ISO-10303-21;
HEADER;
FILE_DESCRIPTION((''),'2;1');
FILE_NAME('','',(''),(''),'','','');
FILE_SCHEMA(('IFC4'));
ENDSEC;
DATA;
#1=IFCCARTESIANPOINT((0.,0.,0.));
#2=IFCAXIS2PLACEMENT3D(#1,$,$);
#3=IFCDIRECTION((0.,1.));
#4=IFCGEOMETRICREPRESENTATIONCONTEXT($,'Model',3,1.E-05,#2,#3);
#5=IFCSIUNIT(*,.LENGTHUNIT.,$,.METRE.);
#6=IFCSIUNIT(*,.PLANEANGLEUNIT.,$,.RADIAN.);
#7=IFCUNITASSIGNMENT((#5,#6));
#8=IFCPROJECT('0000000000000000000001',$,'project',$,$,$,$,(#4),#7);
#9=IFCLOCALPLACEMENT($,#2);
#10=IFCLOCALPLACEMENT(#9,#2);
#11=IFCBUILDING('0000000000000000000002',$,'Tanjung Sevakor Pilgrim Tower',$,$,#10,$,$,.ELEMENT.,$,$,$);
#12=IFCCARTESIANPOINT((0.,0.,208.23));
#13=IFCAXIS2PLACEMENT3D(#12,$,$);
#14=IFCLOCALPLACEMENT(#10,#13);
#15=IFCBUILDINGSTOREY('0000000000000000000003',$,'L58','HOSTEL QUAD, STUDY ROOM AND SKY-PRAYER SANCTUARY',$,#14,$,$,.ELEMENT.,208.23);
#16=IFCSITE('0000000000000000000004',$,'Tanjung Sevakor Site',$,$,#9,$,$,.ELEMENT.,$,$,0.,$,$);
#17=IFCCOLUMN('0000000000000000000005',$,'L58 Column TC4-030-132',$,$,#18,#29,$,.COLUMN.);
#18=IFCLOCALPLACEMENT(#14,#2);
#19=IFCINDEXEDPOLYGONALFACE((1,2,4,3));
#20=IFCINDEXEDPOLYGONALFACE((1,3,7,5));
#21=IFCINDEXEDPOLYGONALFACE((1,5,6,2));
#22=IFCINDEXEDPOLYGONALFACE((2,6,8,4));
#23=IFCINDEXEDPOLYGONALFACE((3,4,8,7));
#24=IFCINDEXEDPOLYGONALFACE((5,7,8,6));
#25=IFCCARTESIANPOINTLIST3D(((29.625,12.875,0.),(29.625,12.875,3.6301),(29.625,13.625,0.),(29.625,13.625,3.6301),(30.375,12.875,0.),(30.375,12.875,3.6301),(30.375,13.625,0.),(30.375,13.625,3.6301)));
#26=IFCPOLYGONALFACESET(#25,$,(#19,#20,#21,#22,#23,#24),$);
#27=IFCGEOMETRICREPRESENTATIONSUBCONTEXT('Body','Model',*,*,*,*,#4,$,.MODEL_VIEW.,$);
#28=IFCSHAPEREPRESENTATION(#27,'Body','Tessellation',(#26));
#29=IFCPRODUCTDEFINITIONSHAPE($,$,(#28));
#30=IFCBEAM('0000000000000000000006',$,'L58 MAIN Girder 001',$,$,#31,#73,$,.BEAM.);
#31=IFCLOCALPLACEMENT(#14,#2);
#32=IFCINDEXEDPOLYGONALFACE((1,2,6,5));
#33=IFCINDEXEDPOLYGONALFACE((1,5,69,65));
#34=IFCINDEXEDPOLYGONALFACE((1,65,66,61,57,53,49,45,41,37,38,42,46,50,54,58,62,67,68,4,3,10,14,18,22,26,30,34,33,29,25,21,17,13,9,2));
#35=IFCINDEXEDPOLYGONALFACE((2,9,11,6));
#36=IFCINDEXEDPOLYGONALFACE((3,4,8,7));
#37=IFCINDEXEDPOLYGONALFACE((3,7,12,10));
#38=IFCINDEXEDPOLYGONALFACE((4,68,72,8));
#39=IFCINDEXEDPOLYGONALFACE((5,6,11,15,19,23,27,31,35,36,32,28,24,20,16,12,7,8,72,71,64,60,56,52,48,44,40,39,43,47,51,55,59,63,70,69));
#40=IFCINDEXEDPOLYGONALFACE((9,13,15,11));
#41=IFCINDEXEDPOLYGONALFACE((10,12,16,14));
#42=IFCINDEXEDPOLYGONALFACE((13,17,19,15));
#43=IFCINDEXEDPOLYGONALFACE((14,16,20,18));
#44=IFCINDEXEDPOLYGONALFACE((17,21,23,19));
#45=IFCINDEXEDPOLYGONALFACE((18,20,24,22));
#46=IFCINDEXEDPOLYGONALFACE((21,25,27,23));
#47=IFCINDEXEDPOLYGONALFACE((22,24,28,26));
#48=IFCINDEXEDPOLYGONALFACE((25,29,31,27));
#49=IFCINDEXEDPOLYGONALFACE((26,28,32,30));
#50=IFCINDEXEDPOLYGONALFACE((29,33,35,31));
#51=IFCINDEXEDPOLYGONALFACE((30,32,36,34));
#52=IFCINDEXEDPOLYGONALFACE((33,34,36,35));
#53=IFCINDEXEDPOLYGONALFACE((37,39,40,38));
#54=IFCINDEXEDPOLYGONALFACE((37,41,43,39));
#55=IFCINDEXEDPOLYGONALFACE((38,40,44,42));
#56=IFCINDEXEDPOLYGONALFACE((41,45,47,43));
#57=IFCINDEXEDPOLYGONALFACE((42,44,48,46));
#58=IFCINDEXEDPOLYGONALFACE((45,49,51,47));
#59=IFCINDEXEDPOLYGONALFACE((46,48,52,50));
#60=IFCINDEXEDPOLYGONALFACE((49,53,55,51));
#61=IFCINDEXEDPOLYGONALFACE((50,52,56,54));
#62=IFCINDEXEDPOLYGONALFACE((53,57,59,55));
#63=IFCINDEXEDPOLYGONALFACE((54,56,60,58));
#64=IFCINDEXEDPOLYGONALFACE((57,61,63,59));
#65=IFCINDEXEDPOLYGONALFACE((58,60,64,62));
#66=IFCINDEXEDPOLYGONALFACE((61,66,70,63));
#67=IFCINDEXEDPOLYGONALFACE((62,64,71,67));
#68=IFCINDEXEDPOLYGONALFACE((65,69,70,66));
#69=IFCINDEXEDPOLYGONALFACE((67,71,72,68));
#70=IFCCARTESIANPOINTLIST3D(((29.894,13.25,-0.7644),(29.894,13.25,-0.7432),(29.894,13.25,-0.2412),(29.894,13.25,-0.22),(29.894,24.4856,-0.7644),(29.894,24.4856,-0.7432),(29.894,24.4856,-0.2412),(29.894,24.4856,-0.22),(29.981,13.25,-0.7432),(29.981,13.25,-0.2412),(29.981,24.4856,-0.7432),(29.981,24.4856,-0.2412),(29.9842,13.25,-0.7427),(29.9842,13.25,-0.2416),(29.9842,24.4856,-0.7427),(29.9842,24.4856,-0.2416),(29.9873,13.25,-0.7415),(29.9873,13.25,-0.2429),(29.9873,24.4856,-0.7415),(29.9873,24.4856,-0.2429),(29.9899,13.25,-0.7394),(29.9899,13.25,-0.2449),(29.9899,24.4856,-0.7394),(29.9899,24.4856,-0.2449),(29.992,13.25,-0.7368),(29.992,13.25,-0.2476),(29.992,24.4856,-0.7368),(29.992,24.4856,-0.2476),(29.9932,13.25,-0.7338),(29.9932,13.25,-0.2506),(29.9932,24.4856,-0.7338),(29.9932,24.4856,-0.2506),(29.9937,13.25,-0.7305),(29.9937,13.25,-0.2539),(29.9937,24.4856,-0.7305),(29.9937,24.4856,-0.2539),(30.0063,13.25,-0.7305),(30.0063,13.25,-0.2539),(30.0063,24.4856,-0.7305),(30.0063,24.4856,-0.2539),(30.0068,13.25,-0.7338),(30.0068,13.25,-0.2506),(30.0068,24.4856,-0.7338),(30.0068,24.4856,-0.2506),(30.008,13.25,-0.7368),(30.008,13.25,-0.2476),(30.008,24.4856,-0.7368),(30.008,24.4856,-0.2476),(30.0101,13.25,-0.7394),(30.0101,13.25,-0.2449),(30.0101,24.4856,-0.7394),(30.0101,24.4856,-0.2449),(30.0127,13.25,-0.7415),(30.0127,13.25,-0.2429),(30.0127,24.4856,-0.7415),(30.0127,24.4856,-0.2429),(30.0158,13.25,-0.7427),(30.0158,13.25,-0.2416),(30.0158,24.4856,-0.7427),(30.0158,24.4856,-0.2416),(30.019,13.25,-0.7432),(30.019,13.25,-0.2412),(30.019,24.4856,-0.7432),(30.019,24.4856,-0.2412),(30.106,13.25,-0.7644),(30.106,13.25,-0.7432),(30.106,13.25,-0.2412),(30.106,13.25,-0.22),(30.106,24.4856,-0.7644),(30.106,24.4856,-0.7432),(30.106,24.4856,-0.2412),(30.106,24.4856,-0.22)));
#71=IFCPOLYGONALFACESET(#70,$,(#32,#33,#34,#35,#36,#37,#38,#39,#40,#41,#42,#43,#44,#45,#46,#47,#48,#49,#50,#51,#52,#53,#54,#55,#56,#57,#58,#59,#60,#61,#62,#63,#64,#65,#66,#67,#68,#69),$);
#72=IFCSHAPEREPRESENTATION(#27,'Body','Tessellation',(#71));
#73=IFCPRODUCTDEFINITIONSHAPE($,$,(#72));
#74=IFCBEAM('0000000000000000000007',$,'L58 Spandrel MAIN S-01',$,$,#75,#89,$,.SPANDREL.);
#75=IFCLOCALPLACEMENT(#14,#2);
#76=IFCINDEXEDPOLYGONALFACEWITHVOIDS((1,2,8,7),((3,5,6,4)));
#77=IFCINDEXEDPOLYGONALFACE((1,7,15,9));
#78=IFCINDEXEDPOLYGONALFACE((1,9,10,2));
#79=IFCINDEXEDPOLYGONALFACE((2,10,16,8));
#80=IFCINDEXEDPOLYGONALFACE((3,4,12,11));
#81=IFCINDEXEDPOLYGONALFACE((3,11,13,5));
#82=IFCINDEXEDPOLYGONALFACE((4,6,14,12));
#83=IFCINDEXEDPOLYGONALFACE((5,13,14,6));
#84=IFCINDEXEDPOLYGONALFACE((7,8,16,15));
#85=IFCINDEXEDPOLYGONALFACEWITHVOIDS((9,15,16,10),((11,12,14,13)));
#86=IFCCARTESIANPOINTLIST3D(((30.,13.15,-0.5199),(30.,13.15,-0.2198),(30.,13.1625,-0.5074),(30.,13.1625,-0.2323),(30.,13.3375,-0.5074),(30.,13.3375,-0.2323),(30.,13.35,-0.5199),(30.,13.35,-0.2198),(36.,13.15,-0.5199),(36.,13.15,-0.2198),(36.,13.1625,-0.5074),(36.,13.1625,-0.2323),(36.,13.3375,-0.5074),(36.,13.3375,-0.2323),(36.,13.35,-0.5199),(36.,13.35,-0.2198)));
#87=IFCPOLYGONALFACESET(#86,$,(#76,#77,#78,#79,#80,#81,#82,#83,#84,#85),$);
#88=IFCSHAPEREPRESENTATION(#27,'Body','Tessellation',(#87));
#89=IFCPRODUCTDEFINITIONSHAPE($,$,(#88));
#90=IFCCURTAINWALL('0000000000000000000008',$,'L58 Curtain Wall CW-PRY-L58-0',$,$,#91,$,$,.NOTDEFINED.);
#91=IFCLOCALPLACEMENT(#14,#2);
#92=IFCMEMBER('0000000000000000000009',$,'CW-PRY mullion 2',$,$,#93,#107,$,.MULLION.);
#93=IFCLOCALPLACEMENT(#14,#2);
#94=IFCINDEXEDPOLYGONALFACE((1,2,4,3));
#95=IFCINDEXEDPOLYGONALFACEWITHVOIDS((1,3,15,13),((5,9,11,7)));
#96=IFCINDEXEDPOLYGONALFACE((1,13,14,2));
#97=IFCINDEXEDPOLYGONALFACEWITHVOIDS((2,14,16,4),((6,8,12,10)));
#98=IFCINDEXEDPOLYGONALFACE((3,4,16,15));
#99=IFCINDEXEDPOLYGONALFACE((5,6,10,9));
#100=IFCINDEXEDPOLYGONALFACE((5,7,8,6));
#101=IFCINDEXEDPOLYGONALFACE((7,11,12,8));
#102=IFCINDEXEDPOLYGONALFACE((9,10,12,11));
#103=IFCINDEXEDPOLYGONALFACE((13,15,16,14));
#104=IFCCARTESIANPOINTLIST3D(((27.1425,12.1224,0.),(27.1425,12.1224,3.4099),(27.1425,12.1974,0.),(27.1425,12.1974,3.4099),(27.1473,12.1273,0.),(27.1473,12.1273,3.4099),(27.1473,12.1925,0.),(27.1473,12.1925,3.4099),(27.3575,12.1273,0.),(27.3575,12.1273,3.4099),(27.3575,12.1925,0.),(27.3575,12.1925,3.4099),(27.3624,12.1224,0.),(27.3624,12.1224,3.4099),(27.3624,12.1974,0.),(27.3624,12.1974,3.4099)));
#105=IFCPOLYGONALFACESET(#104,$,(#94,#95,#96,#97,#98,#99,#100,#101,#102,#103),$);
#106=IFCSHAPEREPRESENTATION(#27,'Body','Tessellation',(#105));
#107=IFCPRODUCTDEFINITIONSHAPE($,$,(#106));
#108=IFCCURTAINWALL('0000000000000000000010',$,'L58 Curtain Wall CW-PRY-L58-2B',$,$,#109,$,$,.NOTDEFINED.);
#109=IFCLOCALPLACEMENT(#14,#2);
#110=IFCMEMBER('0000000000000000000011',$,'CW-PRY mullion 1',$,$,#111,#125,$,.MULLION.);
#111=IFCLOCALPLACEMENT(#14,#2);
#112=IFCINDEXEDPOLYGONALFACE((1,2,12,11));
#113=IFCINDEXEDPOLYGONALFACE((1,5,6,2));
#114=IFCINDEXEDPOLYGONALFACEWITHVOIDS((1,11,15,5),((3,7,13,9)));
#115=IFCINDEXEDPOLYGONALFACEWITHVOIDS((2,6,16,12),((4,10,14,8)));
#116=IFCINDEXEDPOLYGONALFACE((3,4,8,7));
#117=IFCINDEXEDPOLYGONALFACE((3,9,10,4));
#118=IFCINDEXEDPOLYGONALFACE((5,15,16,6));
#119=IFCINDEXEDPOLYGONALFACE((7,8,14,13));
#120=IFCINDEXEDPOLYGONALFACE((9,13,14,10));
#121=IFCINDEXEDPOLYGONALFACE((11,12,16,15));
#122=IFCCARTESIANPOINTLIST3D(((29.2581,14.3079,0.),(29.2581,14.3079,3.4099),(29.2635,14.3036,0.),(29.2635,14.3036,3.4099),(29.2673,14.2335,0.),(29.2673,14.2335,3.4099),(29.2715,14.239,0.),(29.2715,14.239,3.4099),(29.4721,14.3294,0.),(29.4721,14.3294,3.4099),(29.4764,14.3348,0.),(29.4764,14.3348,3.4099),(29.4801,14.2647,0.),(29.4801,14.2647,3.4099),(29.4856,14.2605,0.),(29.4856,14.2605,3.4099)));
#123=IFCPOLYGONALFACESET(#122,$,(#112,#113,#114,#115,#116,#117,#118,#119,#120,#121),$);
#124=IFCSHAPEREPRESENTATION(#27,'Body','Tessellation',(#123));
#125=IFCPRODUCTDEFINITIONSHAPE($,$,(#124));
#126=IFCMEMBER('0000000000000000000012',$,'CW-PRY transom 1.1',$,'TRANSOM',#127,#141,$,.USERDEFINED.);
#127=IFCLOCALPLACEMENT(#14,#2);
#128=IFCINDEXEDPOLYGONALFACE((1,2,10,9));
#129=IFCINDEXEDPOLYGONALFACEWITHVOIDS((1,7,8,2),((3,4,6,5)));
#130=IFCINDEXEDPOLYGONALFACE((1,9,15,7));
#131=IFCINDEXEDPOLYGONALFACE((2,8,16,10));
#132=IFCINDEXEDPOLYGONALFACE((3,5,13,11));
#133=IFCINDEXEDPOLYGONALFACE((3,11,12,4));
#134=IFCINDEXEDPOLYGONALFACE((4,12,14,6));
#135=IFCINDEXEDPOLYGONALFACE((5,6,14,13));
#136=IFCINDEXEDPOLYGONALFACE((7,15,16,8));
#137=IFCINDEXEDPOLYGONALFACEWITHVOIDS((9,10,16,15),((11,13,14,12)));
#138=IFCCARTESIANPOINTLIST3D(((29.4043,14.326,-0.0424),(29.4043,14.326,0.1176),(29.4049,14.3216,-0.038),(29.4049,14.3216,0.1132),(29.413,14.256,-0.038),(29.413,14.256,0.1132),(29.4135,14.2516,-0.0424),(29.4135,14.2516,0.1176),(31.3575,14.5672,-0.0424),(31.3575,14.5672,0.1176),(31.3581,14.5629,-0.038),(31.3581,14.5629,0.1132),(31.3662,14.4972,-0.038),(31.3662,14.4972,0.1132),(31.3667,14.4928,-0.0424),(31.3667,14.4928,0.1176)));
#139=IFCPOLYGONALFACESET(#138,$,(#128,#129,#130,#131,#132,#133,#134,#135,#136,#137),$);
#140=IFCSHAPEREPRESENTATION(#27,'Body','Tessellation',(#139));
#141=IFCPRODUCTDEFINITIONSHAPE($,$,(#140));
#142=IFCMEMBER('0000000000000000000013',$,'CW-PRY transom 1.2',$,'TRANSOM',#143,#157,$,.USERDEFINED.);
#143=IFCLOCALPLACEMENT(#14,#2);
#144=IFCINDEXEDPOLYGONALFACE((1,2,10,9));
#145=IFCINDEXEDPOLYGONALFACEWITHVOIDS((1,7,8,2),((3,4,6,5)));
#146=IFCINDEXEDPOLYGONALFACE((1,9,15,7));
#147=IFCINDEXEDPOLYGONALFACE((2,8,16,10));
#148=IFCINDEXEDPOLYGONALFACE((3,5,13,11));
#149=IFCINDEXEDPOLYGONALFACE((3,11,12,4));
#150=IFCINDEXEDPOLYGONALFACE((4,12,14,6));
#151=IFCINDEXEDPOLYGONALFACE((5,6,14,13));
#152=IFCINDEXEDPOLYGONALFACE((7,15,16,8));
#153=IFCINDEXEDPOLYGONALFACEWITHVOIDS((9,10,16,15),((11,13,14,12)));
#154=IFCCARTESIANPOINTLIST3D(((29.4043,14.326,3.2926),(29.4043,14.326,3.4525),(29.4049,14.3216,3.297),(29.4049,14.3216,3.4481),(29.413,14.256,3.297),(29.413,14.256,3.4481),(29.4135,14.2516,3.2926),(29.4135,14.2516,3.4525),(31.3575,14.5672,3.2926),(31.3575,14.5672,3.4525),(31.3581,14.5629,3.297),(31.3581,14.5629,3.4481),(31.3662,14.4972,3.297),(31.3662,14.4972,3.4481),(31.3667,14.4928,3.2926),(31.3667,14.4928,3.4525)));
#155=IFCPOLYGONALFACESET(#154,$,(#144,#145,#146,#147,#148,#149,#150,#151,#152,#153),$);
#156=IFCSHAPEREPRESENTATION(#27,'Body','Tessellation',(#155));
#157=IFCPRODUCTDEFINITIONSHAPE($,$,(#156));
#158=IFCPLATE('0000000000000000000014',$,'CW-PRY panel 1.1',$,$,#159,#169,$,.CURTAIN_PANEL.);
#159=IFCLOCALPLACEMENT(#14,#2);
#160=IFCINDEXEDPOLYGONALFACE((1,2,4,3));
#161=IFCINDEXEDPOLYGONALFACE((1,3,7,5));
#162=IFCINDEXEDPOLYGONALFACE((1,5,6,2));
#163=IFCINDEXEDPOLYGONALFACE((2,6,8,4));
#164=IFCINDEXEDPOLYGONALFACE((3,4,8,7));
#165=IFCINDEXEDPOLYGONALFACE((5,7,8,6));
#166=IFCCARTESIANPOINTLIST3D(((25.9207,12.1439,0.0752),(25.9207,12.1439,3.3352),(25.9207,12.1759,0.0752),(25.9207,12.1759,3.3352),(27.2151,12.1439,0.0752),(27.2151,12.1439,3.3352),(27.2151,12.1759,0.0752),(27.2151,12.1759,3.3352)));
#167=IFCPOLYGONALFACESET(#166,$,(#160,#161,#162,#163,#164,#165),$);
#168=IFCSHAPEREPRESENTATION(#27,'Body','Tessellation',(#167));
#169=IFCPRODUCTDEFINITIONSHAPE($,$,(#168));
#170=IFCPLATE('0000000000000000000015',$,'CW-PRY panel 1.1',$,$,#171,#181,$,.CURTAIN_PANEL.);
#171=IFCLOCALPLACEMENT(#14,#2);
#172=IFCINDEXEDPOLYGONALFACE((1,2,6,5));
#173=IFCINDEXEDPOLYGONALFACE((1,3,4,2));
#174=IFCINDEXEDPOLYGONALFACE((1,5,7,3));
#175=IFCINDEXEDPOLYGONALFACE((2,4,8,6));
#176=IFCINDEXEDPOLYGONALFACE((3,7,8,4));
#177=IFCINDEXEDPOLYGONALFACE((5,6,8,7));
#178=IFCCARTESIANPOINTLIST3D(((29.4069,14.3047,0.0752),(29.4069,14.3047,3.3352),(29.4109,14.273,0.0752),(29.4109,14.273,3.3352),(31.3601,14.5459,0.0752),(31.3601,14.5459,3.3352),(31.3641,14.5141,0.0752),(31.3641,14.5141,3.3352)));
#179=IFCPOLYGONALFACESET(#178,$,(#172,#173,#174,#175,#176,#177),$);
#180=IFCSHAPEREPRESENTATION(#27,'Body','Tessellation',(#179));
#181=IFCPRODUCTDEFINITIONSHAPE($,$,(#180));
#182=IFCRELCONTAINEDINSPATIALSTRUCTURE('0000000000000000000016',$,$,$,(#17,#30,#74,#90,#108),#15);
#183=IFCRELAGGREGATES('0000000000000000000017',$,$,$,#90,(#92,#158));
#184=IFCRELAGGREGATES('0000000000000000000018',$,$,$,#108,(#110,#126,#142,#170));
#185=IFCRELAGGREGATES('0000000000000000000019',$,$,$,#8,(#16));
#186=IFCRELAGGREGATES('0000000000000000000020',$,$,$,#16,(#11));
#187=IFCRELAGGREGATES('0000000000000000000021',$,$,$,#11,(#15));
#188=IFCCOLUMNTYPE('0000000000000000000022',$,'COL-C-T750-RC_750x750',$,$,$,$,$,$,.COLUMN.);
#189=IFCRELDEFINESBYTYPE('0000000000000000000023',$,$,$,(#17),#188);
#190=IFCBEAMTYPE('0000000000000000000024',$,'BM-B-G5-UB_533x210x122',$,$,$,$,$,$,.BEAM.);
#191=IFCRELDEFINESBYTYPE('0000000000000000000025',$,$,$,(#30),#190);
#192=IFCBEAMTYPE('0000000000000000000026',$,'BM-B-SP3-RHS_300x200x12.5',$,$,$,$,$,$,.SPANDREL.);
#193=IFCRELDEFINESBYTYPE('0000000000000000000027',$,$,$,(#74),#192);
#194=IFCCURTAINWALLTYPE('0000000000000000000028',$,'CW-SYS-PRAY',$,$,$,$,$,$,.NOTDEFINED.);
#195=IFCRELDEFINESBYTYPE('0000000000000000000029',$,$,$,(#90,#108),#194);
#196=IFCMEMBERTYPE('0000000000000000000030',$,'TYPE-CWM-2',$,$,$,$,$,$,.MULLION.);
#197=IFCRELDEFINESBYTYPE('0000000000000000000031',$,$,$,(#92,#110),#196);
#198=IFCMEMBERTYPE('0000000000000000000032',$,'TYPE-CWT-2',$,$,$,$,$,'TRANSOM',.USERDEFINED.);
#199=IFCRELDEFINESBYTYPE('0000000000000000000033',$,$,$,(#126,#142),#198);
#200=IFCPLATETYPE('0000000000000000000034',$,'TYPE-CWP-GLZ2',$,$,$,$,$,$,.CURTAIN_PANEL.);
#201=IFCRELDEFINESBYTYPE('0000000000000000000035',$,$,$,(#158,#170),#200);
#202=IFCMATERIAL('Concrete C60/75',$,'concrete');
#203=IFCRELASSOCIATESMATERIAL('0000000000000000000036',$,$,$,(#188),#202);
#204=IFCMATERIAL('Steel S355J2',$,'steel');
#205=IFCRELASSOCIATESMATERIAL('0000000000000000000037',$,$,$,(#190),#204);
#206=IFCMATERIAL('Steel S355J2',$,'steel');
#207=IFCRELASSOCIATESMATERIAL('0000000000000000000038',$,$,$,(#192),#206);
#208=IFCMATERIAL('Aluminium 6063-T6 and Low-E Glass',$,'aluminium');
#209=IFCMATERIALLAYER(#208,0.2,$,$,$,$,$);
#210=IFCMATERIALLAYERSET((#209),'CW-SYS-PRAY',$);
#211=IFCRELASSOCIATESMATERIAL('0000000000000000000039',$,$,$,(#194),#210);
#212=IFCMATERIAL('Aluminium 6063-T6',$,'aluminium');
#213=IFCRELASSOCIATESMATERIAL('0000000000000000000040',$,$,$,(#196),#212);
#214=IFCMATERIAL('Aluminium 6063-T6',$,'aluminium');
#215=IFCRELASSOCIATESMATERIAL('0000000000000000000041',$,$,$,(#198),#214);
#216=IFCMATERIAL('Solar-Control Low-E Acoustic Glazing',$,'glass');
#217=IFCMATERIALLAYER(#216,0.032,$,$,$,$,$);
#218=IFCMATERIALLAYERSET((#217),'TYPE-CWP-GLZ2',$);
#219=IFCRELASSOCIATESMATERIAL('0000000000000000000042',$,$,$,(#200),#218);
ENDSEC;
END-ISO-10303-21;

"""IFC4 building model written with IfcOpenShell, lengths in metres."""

from ifc_helpers import new_model, si_unit, direction, frame, origin, origin_2d, place, context, subcontext, project, spatial, rectangle, hollow_rectangle, i_section, extrude, material, layer, layer_set, material_profile, profile_set, type_object, element, aggregate, save


model = new_model("IFC4")

# Units and contexts
model_context = context("Model", 3, precision=1e-05, world=origin(), true_north=direction((0.0, 1.0)))
body_context = subcontext(model_context, "Body", "Model", "MODEL_VIEW")
ifc_project = project(units=[si_unit("LENGTHUNIT", "METRE"), si_unit("PLANEANGLEUNIT", "RADIAN")], contexts=[model_context])

# Site, building, storey
site_placement = place(None, origin())
site = spatial("IfcSite", under=ifc_project, at=site_placement, Name="Tanjung Sevakor Site", CompositionType="ELEMENT", RefElevation=0.0)
building_placement = place(site_placement, origin())
building = spatial("IfcBuilding", under=site, at=building_placement, Name="Tanjung Sevakor Pilgrim Tower", CompositionType="ELEMENT")
storey_placement = place(building_placement, frame((0.0, 0.0, 208.23)))
storey = spatial("IfcBuildingStorey", under=building, at=storey_placement, Name="L58", Description="HOSTEL QUAD, STUDY ROOM AND SKY-PRAYER SANCTUARY", CompositionType="ELEMENT", Elevation=208.23)

# Column
ifc_material_1 = material(Name="Concrete C60/75", Category="concrete")
ifc_material_profile_1 = material_profile(ifc_material_1, rectangle(XDim=0.75, YDim=0.75, at=origin_2d()))
ifc_profile_set_1 = profile_set([ifc_material_profile_1], Name="Concrete C60/75")
column_type = type_object("IfcColumnType", Name="COL-C-T750-RC_750x750", PredefinedType="COLUMN", material=ifc_profile_set_1)
column_placement = place(storey_placement, frame((30.0, 13.25, 0.0), z_axis=(0.0, 0.0, 1.0), x_axis=(1.0, 0.0, 0.0)))
element("IfcColumn", 1, at=column_placement, inside=storey, type_object=column_type, Name="L58 Column TC4-030-132", PredefinedType="COLUMN", context=body_context, shape_type="SweptSolid", body=[
    extrude(rectangle(XDim=0.75, YDim=0.75, at=origin_2d()), origin(), (0.0, 0.0, 1.0), 3.6301),
])

# Beams
ifc_material_2 = material(Name="Steel S355J2", Category="steel")
ifc_material_profile_2 = material_profile(ifc_material_2, i_section(OverallWidth=0.2119, OverallDepth=0.5444, WebThickness=0.0127, FlangeThickness=0.0212, FilletRadius=0.0127, at=origin_2d()))
ifc_profile_set_2 = profile_set([ifc_material_profile_2], Name="Steel S355J2")
beam_type_1 = type_object("IfcBeamType", Name="BM-B-G5-UB_533x210x122", PredefinedType="BEAM", material=ifc_profile_set_2)
beam_1_placement = place(storey_placement, frame((30.0, 13.25, -0.4922), z_axis=(0.0, 1.0, 0.0), x_axis=(-1.0, 0.0, 0.0)))
element("IfcBeam", 2, at=beam_1_placement, inside=storey, type_object=beam_type_1, Name="L58 MAIN Girder 001", PredefinedType="BEAM", context=body_context, shape_type="SweptSolid", body=[
    extrude(i_section(OverallWidth=0.2119, OverallDepth=0.5444, WebThickness=0.0127, FlangeThickness=0.0212, FilletRadius=0.0127, at=origin_2d()), origin(), (0.0, 0.0, 1.0), 11.2356),
])
ifc_material_3 = material(Name="Steel S355J2", Category="steel")
ifc_material_profile_3 = material_profile(ifc_material_3, hollow_rectangle(XDim=0.2, YDim=0.3, WallThickness=0.0125, at=origin_2d()))
ifc_profile_set_3 = profile_set([ifc_material_profile_3], Name="Steel S355J2")
beam_type_2 = type_object("IfcBeamType", Name="BM-B-SP3-RHS_300x200x12.5", PredefinedType="SPANDREL", material=ifc_profile_set_3)
beam_2_placement = place(storey_placement, frame((30.0, 13.25, -0.3699), z_axis=(1.0, 0.0, 0.0), x_axis=(0.0, 1.0, 0.0)))
element("IfcBeam", 3, at=beam_2_placement, inside=storey, type_object=beam_type_2, Name="L58 Spandrel MAIN S-01", PredefinedType="SPANDREL", context=body_context, shape_type="SweptSolid", body=[
    extrude(hollow_rectangle(XDim=0.2, YDim=0.3, WallThickness=0.0125, at=origin_2d()), origin(), (0.0, 0.0, 1.0), 6.0),
])

# Curtain wall, member
ifc_material_4 = material(Name="Aluminium 6063-T6 and Low-E Glass", Category="aluminium")
ifc_layer_1 = layer(ifc_material_4, 0.2)
ifc_layer_set_1 = layer_set([ifc_layer_1], Name="CW-SYS-PRAY")
curtain_wall_type = type_object("IfcCurtainWallType", Name="CW-SYS-PRAY", PredefinedType="NOTDEFINED", material=ifc_layer_set_1)
curtain_wall_1_placement = place(storey_placement, origin())
curtain_wall_1 = element("IfcCurtainWall", 4, at=curtain_wall_1_placement, inside=storey, type_object=curtain_wall_type, Name="L58 Curtain Wall CW-PRY-L58-0", PredefinedType="NOTDEFINED")
ifc_material_5 = material(Name="Aluminium 6063-T6", Category="aluminium")
ifc_material_profile_4 = material_profile(ifc_material_5, hollow_rectangle(XDim=0.075, YDim=0.22, WallThickness=0.0049, at=origin_2d()))
ifc_profile_set_4 = profile_set([ifc_material_profile_4], Name="Aluminium 6063-T6")
member_type_1 = type_object("IfcMemberType", Name="TYPE-CWM-2", PredefinedType="MULLION", material=ifc_profile_set_4)
member_1_placement = place(storey_placement, frame((27.2524, 12.1599, 0.0), z_axis=(0.0, 0.0, 1.0), x_axis=(0.0, 1.0, 0.0)))
member_1 = element("IfcMember", 5, at=member_1_placement, type_object=member_type_1, Name="CW-PRY mullion 2", PredefinedType="MULLION", context=body_context, shape_type="SweptSolid", body=[
    extrude(hollow_rectangle(XDim=0.075, YDim=0.22, WallThickness=0.0049, at=origin_2d()), origin(), (0.0, 0.0, 1.0), 3.4099),
])

# Curtain wall, members
curtain_wall_2_placement = place(storey_placement, origin())
curtain_wall_2 = element("IfcCurtainWall", 6, at=curtain_wall_2_placement, inside=storey, type_object=curtain_wall_type, Name="L58 Curtain Wall CW-PRY-L58-2B", PredefinedType="NOTDEFINED")
member_2_placement = place(storey_placement, frame((29.3718, 14.2842, 0.0), z_axis=(0.0, 0.0, 1.0), x_axis=(-0.122524, 0.992466, 0.0)))
member_2 = element("IfcMember", 7, at=member_2_placement, type_object=member_type_1, Name="CW-PRY mullion 1", PredefinedType="MULLION", context=body_context, shape_type="SweptSolid", body=[
    extrude(hollow_rectangle(XDim=0.075, YDim=0.22, WallThickness=0.0049, at=origin_2d()), origin(), (0.0, 0.0, 1.0), 3.4099),
])
ifc_material_6 = material(Name="Aluminium 6063-T6", Category="aluminium")
ifc_material_profile_5 = material_profile(ifc_material_6, hollow_rectangle(XDim=0.075, YDim=0.1599, WallThickness=0.0044, at=origin_2d()))
ifc_profile_set_5 = profile_set([ifc_material_profile_5], Name="Aluminium 6063-T6")
member_type_2 = type_object("IfcMemberType", Name="TYPE-CWT-2", ElementType="TRANSOM", PredefinedType="USERDEFINED", material=ifc_profile_set_5)
member_3_placement = place(storey_placement, frame((29.4089, 14.2888, 0.0376), z_axis=(0.99246, 0.122569, 0.0), x_axis=(-0.122569, 0.99246, 0.0)))
member_3 = element("IfcMember", 8, at=member_3_placement, type_object=member_type_2, Name="CW-PRY transom 1.1", ObjectType="TRANSOM", PredefinedType="USERDEFINED", context=body_context, shape_type="SweptSolid", body=[
    extrude(hollow_rectangle(XDim=0.075, YDim=0.1599, WallThickness=0.0044, at=origin_2d()), origin(), (0.0, 0.0, 1.0), 1.968),
])
member_4_placement = place(storey_placement, frame((29.4089, 14.2888, 3.3726), z_axis=(0.99246, 0.122569, 0.0), x_axis=(-0.122569, 0.99246, 0.0)))
member_4 = element("IfcMember", 9, at=member_4_placement, type_object=member_type_2, Name="CW-PRY transom 1.2", ObjectType="TRANSOM", PredefinedType="USERDEFINED", context=body_context, shape_type="SweptSolid", body=[
    extrude(hollow_rectangle(XDim=0.075, YDim=0.1599, WallThickness=0.0044, at=origin_2d()), origin(), (0.0, 0.0, 1.0), 1.968),
])

# Plates
ifc_material_7 = material(Name="Solar-Control Low-E Acoustic Glazing", Category="glass")
ifc_layer_2 = layer(ifc_material_7, 0.032)
ifc_layer_set_2 = layer_set([ifc_layer_2], Name="TYPE-CWP-GLZ2")
plate_type = type_object("IfcPlateType", Name="TYPE-CWP-GLZ2", PredefinedType="CURTAIN_PANEL", material=ifc_layer_set_2)
plate_1_placement = place(storey_placement, frame((26.5679, 12.1599, 0.0752), z_axis=(0.0, 0.0, 1.0), x_axis=(1.0, 0.0, 0.0)))
plate_1 = element("IfcPlate", 10, at=plate_1_placement, type_object=plate_type, Name="CW-PRY panel 1.1", PredefinedType="CURTAIN_PANEL", context=body_context, shape_type="SweptSolid", body=[
    extrude(rectangle(XDim=1.2944, YDim=0.032, at=origin_2d()), origin(), (0.0, 0.0, 1.0), 3.26),
])
aggregate(curtain_wall_1, [member_1, plate_1])
plate_2_placement = place(storey_placement, frame((30.3855, 14.4094, 0.0752), z_axis=(0.0, 0.0, 1.0), x_axis=(0.992466, 0.122524, 0.0)))
plate_2 = element("IfcPlate", 11, at=plate_2_placement, type_object=plate_type, Name="CW-PRY panel 1.1", PredefinedType="CURTAIN_PANEL", context=body_context, shape_type="SweptSolid", body=[
    extrude(rectangle(XDim=1.968, YDim=0.032, at=origin_2d()), origin(), (0.0, 0.0, 1.0), 3.26),
])
aggregate(curtain_wall_2, [member_2, member_3, member_4, plate_2])

save(model, "model.ifc")
